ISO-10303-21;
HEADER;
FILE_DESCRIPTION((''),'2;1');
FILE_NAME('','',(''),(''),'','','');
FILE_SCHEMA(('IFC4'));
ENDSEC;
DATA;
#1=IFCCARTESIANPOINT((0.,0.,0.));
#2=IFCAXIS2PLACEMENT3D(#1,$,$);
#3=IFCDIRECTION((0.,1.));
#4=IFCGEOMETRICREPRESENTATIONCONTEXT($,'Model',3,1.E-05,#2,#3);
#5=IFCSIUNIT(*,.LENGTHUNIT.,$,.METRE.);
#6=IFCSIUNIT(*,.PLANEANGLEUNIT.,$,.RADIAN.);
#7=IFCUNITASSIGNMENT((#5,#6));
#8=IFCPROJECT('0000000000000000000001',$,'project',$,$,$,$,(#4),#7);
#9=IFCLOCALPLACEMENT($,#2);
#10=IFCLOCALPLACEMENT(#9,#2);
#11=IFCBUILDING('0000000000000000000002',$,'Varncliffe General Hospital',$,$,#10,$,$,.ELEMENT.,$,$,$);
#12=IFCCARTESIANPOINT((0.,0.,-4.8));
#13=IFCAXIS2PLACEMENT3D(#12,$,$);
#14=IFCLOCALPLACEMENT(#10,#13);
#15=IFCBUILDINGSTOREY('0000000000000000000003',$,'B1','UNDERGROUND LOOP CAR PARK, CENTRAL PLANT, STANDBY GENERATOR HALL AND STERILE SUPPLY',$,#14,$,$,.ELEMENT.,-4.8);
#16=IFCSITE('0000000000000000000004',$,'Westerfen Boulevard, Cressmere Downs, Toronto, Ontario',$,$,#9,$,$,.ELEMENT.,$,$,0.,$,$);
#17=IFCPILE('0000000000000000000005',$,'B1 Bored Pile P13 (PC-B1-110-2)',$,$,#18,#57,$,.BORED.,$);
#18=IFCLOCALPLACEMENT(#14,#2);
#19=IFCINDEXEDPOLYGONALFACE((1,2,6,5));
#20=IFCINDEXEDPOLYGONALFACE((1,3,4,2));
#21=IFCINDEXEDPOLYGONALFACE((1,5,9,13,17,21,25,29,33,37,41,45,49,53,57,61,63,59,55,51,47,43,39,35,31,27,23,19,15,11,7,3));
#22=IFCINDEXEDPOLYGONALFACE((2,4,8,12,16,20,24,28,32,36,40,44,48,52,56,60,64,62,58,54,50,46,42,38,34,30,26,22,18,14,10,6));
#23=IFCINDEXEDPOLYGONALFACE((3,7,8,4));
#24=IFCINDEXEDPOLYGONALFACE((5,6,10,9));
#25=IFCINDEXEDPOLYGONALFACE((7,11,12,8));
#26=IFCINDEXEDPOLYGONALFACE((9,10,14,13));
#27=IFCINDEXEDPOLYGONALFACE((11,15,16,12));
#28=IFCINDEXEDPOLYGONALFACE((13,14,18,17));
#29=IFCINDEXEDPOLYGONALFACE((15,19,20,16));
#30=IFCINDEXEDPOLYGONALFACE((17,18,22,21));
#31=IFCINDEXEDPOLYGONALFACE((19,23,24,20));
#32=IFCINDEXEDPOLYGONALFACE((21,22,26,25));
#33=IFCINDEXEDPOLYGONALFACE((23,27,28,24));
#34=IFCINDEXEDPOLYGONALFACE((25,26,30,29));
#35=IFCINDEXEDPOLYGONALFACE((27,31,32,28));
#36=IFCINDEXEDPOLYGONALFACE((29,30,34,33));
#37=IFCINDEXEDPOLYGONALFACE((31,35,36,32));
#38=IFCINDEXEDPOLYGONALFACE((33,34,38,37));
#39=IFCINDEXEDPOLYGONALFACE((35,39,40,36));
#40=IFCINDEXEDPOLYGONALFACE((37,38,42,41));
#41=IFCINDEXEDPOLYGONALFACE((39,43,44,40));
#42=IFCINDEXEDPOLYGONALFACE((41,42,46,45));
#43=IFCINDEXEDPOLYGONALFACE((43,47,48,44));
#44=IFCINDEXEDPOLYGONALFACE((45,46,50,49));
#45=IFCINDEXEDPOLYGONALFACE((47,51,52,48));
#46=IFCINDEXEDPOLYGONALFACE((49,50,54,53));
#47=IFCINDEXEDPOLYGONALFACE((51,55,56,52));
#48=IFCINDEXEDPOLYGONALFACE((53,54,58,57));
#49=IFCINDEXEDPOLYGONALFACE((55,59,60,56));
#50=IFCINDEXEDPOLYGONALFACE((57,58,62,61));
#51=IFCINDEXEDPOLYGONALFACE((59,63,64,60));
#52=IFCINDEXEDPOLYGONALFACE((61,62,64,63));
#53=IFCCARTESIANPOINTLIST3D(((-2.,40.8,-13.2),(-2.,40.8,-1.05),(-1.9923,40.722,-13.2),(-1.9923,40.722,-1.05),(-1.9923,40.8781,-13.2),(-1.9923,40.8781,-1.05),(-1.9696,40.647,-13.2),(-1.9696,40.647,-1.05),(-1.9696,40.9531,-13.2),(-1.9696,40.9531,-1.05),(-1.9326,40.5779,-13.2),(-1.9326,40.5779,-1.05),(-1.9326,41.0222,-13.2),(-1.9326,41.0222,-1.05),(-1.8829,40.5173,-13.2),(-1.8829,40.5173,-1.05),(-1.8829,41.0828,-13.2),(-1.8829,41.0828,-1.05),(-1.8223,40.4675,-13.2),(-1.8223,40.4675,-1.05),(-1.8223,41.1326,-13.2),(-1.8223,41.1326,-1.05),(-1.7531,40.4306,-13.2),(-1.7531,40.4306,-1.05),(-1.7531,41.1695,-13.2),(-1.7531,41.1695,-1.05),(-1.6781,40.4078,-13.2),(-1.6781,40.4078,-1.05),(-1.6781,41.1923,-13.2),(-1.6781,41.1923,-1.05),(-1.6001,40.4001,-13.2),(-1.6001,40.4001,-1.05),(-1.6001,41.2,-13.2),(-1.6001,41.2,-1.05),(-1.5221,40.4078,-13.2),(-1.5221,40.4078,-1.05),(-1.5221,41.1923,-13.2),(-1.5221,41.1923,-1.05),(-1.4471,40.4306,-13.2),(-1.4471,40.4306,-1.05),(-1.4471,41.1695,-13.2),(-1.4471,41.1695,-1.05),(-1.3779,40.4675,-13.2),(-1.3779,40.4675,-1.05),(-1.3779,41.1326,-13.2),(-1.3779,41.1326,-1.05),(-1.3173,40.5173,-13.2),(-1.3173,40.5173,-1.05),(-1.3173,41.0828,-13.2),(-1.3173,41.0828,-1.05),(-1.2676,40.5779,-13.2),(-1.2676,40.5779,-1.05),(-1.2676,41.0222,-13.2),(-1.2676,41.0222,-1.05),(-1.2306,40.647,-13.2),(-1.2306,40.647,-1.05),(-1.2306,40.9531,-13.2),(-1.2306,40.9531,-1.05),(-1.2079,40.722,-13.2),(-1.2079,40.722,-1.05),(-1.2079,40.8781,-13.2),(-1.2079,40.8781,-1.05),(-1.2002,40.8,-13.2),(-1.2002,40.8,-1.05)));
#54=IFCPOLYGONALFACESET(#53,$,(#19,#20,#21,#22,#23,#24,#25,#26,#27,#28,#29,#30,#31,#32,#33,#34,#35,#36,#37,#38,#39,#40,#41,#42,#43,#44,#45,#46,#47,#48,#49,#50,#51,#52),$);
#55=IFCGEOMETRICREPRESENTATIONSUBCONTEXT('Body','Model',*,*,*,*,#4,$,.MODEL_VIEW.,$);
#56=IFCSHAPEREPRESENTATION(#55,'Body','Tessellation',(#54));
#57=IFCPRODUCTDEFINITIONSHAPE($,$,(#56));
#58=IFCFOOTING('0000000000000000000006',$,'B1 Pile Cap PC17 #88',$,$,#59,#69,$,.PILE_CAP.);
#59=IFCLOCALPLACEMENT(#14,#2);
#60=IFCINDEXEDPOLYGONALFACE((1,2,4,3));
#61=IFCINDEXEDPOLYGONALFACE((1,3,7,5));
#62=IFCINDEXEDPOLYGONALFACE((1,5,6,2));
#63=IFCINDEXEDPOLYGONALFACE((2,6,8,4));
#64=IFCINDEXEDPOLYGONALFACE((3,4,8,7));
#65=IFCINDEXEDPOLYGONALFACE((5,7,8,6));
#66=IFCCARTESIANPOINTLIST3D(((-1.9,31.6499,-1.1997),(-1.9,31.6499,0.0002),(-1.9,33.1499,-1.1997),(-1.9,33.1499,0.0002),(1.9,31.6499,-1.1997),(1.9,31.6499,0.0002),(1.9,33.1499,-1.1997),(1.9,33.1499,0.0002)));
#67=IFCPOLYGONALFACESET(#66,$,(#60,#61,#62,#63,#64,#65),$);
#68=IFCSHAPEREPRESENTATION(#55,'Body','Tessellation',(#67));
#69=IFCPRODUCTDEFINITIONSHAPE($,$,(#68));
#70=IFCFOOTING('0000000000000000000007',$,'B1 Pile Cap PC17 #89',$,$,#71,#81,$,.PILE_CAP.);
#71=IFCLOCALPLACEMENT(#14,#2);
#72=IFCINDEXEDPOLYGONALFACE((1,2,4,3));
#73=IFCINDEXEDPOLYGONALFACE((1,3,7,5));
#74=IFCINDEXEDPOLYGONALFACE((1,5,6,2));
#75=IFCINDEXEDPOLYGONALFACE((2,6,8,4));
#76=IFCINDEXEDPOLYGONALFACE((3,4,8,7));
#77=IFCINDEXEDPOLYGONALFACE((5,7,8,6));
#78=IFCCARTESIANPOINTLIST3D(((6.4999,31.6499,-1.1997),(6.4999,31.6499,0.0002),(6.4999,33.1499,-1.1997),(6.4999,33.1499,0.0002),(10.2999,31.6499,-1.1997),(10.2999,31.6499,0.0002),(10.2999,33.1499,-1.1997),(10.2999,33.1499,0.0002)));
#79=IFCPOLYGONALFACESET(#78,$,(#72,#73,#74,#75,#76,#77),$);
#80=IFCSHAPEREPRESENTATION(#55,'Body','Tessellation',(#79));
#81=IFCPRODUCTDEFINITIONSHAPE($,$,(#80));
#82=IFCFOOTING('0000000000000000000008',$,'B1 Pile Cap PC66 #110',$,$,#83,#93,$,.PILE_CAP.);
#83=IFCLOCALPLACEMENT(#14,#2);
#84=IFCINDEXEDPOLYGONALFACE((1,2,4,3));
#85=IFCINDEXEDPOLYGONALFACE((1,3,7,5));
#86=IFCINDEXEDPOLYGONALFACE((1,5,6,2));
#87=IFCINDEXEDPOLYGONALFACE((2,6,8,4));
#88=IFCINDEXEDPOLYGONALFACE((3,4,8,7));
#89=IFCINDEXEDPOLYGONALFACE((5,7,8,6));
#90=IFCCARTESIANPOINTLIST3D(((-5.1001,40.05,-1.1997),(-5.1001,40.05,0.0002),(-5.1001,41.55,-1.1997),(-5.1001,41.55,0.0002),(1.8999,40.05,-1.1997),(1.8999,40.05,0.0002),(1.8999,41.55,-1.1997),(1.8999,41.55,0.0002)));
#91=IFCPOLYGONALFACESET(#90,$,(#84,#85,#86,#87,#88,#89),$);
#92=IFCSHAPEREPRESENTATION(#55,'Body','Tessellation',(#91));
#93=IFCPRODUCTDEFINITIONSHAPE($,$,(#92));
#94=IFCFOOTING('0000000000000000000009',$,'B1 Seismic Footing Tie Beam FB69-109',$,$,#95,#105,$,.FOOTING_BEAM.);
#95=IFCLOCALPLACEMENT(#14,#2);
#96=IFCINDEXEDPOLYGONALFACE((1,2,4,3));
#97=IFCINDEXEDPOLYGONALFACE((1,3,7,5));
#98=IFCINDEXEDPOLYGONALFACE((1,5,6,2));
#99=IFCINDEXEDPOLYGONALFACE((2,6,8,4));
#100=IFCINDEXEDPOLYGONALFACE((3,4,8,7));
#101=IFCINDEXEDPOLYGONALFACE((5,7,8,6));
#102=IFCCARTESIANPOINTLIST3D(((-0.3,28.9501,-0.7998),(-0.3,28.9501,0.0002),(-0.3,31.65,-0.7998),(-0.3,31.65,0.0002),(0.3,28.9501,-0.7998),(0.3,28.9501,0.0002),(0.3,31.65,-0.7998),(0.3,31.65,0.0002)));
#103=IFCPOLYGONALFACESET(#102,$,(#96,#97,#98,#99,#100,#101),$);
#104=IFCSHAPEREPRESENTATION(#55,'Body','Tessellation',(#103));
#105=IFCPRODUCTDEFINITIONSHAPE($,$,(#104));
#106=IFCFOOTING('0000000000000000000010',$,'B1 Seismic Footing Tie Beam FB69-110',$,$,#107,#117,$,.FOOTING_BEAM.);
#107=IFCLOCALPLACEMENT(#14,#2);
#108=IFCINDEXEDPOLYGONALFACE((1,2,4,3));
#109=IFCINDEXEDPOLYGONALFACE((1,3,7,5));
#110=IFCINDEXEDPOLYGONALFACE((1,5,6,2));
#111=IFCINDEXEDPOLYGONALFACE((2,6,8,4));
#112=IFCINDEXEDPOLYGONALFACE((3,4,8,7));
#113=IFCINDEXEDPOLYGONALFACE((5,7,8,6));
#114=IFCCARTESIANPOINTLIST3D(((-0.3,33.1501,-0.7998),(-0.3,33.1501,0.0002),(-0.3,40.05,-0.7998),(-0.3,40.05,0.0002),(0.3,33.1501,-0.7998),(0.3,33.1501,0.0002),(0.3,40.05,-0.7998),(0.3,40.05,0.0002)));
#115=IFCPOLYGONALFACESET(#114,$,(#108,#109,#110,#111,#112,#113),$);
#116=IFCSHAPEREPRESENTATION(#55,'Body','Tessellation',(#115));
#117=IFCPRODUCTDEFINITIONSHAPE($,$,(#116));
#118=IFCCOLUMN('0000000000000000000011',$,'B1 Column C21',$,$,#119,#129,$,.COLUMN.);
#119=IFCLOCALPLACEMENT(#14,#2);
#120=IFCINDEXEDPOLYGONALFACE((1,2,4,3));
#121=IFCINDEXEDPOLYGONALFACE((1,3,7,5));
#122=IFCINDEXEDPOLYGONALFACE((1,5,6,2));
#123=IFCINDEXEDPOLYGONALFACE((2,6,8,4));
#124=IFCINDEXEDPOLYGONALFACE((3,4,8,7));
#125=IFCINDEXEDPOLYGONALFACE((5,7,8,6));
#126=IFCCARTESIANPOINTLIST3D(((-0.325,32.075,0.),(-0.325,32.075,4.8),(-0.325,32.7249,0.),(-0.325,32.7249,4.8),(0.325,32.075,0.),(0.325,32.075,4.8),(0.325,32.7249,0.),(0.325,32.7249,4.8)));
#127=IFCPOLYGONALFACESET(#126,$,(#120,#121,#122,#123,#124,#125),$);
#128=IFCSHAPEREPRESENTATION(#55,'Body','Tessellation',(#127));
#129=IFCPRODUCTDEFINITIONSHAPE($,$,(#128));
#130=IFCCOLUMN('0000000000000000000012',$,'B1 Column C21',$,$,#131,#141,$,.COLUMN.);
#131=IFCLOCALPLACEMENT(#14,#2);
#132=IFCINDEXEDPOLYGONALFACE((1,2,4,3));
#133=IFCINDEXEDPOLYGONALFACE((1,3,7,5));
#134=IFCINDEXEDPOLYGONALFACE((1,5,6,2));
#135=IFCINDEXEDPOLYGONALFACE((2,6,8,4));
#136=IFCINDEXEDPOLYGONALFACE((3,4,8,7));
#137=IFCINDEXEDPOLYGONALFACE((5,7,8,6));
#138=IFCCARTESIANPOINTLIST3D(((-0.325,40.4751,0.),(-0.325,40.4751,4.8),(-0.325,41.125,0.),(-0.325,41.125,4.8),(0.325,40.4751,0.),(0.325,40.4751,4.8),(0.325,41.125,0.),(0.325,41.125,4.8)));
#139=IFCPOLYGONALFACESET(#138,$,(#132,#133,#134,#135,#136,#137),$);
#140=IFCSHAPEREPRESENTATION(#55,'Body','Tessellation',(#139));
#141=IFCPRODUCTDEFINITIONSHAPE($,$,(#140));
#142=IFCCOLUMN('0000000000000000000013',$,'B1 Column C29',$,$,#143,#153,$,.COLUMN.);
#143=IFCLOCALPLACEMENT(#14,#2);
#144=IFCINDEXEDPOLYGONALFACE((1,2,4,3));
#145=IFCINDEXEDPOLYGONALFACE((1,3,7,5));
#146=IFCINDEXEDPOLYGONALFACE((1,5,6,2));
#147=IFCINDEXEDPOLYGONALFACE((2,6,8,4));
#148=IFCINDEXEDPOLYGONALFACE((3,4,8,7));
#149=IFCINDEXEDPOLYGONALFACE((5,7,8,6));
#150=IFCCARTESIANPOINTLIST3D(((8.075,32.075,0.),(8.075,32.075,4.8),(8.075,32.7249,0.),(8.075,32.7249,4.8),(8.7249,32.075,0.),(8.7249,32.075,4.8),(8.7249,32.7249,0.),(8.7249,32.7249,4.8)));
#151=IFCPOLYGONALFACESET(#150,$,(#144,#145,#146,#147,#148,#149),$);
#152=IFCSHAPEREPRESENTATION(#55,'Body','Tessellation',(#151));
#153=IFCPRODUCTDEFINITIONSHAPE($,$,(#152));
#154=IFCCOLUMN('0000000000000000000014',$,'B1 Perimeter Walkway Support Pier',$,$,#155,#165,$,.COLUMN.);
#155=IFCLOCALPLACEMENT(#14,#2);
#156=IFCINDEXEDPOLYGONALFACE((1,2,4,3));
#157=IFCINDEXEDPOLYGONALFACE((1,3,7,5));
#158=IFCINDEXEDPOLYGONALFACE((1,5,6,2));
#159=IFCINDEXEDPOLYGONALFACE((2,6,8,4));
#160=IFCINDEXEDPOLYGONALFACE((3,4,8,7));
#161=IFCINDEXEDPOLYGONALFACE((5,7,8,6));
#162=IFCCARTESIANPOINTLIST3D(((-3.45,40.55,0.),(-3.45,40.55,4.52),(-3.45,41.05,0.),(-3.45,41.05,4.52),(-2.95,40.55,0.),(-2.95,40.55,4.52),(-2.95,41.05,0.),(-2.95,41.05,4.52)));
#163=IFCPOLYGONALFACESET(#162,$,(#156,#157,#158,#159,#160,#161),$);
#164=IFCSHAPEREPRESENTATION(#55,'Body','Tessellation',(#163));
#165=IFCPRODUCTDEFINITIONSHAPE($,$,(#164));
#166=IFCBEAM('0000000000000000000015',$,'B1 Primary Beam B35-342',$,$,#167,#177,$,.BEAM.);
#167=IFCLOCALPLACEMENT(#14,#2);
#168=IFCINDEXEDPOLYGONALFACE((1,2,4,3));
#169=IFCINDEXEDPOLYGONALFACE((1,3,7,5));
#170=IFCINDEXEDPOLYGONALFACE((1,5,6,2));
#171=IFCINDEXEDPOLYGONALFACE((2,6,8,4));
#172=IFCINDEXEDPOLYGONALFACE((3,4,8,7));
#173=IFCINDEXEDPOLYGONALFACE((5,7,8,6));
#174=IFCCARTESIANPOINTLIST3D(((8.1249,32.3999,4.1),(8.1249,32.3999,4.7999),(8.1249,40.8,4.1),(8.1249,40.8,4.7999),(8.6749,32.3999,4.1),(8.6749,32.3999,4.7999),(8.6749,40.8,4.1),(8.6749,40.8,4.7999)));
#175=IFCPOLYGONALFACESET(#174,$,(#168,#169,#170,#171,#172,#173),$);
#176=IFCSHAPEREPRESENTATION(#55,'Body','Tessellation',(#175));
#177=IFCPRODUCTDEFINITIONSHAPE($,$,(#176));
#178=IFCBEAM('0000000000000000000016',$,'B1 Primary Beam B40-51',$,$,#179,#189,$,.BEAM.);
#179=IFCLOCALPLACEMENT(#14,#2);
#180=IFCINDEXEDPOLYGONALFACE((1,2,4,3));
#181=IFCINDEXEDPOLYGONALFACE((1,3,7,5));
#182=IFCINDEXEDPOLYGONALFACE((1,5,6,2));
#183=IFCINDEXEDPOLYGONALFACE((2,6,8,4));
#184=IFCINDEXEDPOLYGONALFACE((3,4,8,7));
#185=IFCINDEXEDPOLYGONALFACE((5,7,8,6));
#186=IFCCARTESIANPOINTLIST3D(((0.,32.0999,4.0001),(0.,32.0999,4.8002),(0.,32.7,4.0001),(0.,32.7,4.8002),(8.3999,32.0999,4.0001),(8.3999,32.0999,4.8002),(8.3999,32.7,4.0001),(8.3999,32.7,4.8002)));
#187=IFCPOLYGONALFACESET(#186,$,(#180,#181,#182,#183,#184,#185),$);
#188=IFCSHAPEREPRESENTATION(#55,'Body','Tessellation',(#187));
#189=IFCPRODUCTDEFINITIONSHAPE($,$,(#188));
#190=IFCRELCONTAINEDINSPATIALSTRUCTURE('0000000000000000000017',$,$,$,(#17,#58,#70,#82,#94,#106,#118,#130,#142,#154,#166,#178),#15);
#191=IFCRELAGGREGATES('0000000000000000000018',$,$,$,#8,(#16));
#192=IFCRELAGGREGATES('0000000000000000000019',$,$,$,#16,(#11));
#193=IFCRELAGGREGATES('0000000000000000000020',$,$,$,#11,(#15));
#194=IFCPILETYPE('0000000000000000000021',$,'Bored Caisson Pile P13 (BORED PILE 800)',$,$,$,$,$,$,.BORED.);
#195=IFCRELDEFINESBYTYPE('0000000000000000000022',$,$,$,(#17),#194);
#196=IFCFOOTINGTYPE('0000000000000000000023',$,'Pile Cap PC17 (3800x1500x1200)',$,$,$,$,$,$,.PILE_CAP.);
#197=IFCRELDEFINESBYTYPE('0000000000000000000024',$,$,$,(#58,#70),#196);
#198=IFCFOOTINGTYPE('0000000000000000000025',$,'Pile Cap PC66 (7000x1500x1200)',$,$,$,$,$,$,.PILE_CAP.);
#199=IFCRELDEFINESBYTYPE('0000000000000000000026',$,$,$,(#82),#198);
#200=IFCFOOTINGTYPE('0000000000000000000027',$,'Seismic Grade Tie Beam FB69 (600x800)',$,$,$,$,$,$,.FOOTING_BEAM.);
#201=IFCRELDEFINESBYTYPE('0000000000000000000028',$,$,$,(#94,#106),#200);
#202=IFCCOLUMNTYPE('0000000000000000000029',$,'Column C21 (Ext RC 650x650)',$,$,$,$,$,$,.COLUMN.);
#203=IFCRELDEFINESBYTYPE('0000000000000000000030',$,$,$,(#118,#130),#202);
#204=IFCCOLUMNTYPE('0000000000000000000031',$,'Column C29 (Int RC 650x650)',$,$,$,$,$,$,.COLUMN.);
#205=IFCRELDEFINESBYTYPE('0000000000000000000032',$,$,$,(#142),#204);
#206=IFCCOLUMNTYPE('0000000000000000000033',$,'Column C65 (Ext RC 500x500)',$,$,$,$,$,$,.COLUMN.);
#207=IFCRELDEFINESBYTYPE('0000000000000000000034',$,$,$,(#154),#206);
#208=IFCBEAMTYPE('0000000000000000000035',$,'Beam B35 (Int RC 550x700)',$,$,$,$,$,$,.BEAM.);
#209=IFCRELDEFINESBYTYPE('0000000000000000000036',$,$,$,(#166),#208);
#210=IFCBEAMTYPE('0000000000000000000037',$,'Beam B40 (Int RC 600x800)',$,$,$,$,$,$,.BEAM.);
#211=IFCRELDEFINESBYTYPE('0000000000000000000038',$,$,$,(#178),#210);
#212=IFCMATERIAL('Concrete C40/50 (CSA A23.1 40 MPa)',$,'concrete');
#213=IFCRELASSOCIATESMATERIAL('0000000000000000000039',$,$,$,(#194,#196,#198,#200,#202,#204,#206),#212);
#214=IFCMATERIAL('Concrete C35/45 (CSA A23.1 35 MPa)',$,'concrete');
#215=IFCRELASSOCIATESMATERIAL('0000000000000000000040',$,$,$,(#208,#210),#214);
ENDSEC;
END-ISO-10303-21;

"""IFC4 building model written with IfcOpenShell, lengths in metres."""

from ifc_helpers import new_model, si_unit, direction, frame, origin, origin_2d, place, context, subcontext, project, spatial, rectangle, circle, extrude, material, material_profile, profile_set, type_object, element, save


model = new_model("IFC4")

# Units and contexts
model_context = context("Model", 3, precision=1e-05, world=origin(), true_north=direction((0.0, 1.0)))
body_context = subcontext(model_context, "Body", "Model", "MODEL_VIEW")
ifc_project = project(units=[si_unit("LENGTHUNIT", "METRE"), si_unit("PLANEANGLEUNIT", "RADIAN")], contexts=[model_context])

# Site, building, storey
site_placement = place(None, origin())
site = spatial("IfcSite", under=ifc_project, at=site_placement, Name="Westerfen Boulevard, Cressmere Downs, Toronto, Ontario", CompositionType="ELEMENT", RefElevation=0.0)
building_placement = place(site_placement, origin())
building = spatial("IfcBuilding", under=site, at=building_placement, Name="Varncliffe General Hospital", CompositionType="ELEMENT")
storey_placement = place(building_placement, frame((0.0, 0.0, -4.8)))
storey = spatial("IfcBuildingStorey", under=building, at=storey_placement, Name="B1", Description="UNDERGROUND LOOP CAR PARK, CENTRAL PLANT, STANDBY GENERATOR HALL AND STERILE SUPPLY", CompositionType="ELEMENT", Elevation=-4.8)

# Pile
ifc_material_1 = material(Name="Concrete C40/50 (CSA A23.1 40 MPa)", Category="concrete")
ifc_material_profile_1 = material_profile(ifc_material_1, circle(Radius=0.3999, at=origin_2d()), Name="BORED PILE 800")
ifc_profile_set_1 = profile_set([ifc_material_profile_1], Name="Concrete C40/50 (CSA A23.1 40 MPa)")
pile_type = type_object("IfcPileType", Name="Bored Caisson Pile P13 (BORED PILE 800)", PredefinedType="BORED", material=ifc_profile_set_1)
for number, where, z_axis, x_axis, name in (
    (1, (-1.6001, 40.8, -1.05), (0.0, 0.0, -1.0), (1.0, 0.0, 0.0), "B1 Bored Pile P13 (PC-B1-110-2)"),
):
    element("IfcPile", number, at=place(storey_placement, frame(where, z_axis=z_axis, x_axis=x_axis)), inside=storey, type_object=pile_type, Name=name, PredefinedType="BORED", context=body_context, shape_type="SweptSolid", body=[
        extrude(circle(Radius=0.3999, at=origin_2d()), origin(), (0.0, 0.0, 1.0), 12.1499),
    ])

# Footings
footing_type_1 = type_object("IfcFootingType", Name="Pile Cap PC17 (3800x1500x1200)", PredefinedType="PILE_CAP", material=ifc_material_1)
for number, where, z_axis, x_axis, name in (
    (2, (0.0, 32.3999, -1.1997), (0.0, 0.0, 1.0), (1.0, 0.0, 0.0), "B1 Pile Cap PC17 #88"),
    (3, (8.3999, 32.3999, -1.1997), (0.0, 0.0, 1.0), (1.0, 0.0, 0.0), "B1 Pile Cap PC17 #89"),
):
    element("IfcFooting", number, at=place(storey_placement, frame(where, z_axis=z_axis, x_axis=x_axis)), inside=storey, type_object=footing_type_1, Name=name, PredefinedType="PILE_CAP", context=body_context, shape_type="SweptSolid", body=[
        extrude(rectangle(XDim=3.8, YDim=1.5, at=origin_2d()), origin(), (0.0, 0.0, 1.0), 1.2),
    ])
footing_type_2 = type_object("IfcFootingType", Name="Pile Cap PC66 (7000x1500x1200)", PredefinedType="PILE_CAP", material=ifc_material_1)
footing_1_placement = place(storey_placement, frame((-1.6001, 40.8, -1.1997), z_axis=(0.0, 0.0, 1.0), x_axis=(1.0, 0.0, 0.0)))
element("IfcFooting", 4, at=footing_1_placement, inside=storey, type_object=footing_type_2, Name="B1 Pile Cap PC66 #110", PredefinedType="PILE_CAP", context=body_context, shape_type="SweptSolid", body=[
    extrude(rectangle(XDim=7.0, YDim=1.5, at=origin_2d()), origin(), (0.0, 0.0, 1.0), 1.2),
])
footing_type_3 = type_object("IfcFootingType", Name="Seismic Grade Tie Beam FB69 (600x800)", PredefinedType="FOOTING_BEAM", material=ifc_material_1)
footing_2_placement = place(storey_placement, frame((0.0, 30.3, -0.7998), z_axis=(0.0, 0.0, 1.0), x_axis=(1.0, 0.0, 0.0)))
element("IfcFooting", 5, at=footing_2_placement, inside=storey, type_object=footing_type_3, Name="B1 Seismic Footing Tie Beam FB69-109", PredefinedType="FOOTING_BEAM", context=body_context, shape_type="SweptSolid", body=[
    extrude(rectangle(XDim=0.6001, YDim=2.7, at=origin_2d()), origin(), (0.0, 0.0, 1.0), 0.8),
])
footing_3_placement = place(storey_placement, frame((0.0, 36.6001, -0.7998), z_axis=(0.0, 0.0, 1.0), x_axis=(1.0, 0.0, 0.0)))
element("IfcFooting", 6, at=footing_3_placement, inside=storey, type_object=footing_type_3, Name="B1 Seismic Footing Tie Beam FB69-110", PredefinedType="FOOTING_BEAM", context=body_context, shape_type="SweptSolid", body=[
    extrude(rectangle(XDim=0.6001, YDim=6.8999, at=origin_2d()), origin(), (0.0, 0.0, 1.0), 0.8),
])

# Columns
ifc_material_profile_2 = material_profile(ifc_material_1, rectangle(XDim=0.6499, YDim=0.6499, at=origin_2d()), Name="RC 650x650")
ifc_profile_set_2 = profile_set([ifc_material_profile_2], Name="Concrete C40/50 (CSA A23.1 40 MPa)")
column_type_1 = type_object("IfcColumnType", Name="Column C21 (Ext RC 650x650)", PredefinedType="COLUMN", material=ifc_profile_set_2)
for number, where, z_axis, x_axis, name in (
    (7, (0.0, 32.3999, 0.0), (0.0, 0.0, 1.0), (1.0, 0.0, 0.0), "B1 Column C21"),
    (8, (0.0, 40.8, 0.0), (0.0, 0.0, 1.0), (1.0, 0.0, 0.0), "B1 Column C21"),
):
    element("IfcColumn", number, at=place(storey_placement, frame(where, z_axis=z_axis, x_axis=x_axis)), inside=storey, type_object=column_type_1, Name=name, PredefinedType="COLUMN", context=body_context, shape_type="SweptSolid", body=[
        extrude(rectangle(XDim=0.6499, YDim=0.6499, at=origin_2d()), origin(), (0.0, 0.0, 1.0), 4.8),
    ])
ifc_material_profile_3 = material_profile(ifc_material_1, rectangle(XDim=0.6499, YDim=0.6499, at=origin_2d()), Name="RC 650x650")
ifc_profile_set_3 = profile_set([ifc_material_profile_3], Name="Concrete C40/50 (CSA A23.1 40 MPa)")
column_type_2 = type_object("IfcColumnType", Name="Column C29 (Int RC 650x650)", PredefinedType="COLUMN", material=ifc_profile_set_3)
column_1_placement = place(storey_placement, frame((8.3999, 32.3999, 0.0), z_axis=(0.0, 0.0, 1.0), x_axis=(1.0, 0.0, 0.0)))
element("IfcColumn", 9, at=column_1_placement, inside=storey, type_object=column_type_2, Name="B1 Column C29", PredefinedType="COLUMN", context=body_context, shape_type="SweptSolid", body=[
    extrude(rectangle(XDim=0.6499, YDim=0.6499, at=origin_2d()), origin(), (0.0, 0.0, 1.0), 4.8),
])
ifc_material_profile_4 = material_profile(ifc_material_1, rectangle(XDim=0.5, YDim=0.5, at=origin_2d()), Name="RC 500x500")
ifc_profile_set_4 = profile_set([ifc_material_profile_4], Name="Concrete C40/50 (CSA A23.1 40 MPa)")
column_type_3 = type_object("IfcColumnType", Name="Column C65 (Ext RC 500x500)", PredefinedType="COLUMN", material=ifc_profile_set_4)
column_2_placement = place(storey_placement, frame((-3.2, 40.8, 0.0), z_axis=(0.0, 0.0, 1.0), x_axis=(1.0, 0.0, 0.0)))
element("IfcColumn", 10, at=column_2_placement, inside=storey, type_object=column_type_3, Name="B1 Perimeter Walkway Support Pier", PredefinedType="COLUMN", context=body_context, shape_type="SweptSolid", body=[
    extrude(rectangle(XDim=0.5, YDim=0.5, at=origin_2d()), origin(), (0.0, 0.0, 1.0), 4.52),
])

# Beams
ifc_material_2 = material(Name="Concrete C35/45 (CSA A23.1 35 MPa)", Category="concrete")
ifc_material_profile_5 = material_profile(ifc_material_2, rectangle(XDim=0.55, YDim=0.7, at=origin_2d()), Name="RC 550x700")
ifc_profile_set_5 = profile_set([ifc_material_profile_5], Name="Concrete C35/45 (CSA A23.1 35 MPa)")
beam_type_1 = type_object("IfcBeamType", Name="Beam B35 (Int RC 550x700)", PredefinedType="BEAM", material=ifc_profile_set_5)
beam_1_placement = place(storey_placement, frame((8.3999, 32.3999, 4.45), z_axis=(0.0, 1.0, 0.0), x_axis=(-1.0, 0.0, 0.0)))
element("IfcBeam", 11, at=beam_1_placement, inside=storey, type_object=beam_type_1, Name="B1 Primary Beam B35-342", PredefinedType="BEAM", context=body_context, shape_type="SweptSolid", body=[
    extrude(rectangle(XDim=0.55, YDim=0.7, at=origin_2d()), origin(), (0.0, 0.0, 1.0), 8.4001),
])
ifc_material_profile_6 = material_profile(ifc_material_2, rectangle(XDim=0.6001, YDim=0.8, at=origin_2d()), Name="RC 600x800")
ifc_profile_set_6 = profile_set([ifc_material_profile_6], Name="Concrete C35/45 (CSA A23.1 35 MPa)")
beam_type_2 = type_object("IfcBeamType", Name="Beam B40 (Int RC 600x800)", PredefinedType="BEAM", material=ifc_profile_set_6)
beam_2_placement = place(storey_placement, frame((0.0, 32.3999, 4.4001), z_axis=(1.0, 0.0, 0.0), x_axis=(0.0, 1.0, 0.0)))
element("IfcBeam", 12, at=beam_2_placement, inside=storey, type_object=beam_type_2, Name="B1 Primary Beam B40-51", PredefinedType="BEAM", context=body_context, shape_type="SweptSolid", body=[
    extrude(rectangle(XDim=0.6001, YDim=0.8, at=origin_2d()), origin(), (0.0, 0.0, 1.0), 8.3999),
])

save(model, "model.ifc")
